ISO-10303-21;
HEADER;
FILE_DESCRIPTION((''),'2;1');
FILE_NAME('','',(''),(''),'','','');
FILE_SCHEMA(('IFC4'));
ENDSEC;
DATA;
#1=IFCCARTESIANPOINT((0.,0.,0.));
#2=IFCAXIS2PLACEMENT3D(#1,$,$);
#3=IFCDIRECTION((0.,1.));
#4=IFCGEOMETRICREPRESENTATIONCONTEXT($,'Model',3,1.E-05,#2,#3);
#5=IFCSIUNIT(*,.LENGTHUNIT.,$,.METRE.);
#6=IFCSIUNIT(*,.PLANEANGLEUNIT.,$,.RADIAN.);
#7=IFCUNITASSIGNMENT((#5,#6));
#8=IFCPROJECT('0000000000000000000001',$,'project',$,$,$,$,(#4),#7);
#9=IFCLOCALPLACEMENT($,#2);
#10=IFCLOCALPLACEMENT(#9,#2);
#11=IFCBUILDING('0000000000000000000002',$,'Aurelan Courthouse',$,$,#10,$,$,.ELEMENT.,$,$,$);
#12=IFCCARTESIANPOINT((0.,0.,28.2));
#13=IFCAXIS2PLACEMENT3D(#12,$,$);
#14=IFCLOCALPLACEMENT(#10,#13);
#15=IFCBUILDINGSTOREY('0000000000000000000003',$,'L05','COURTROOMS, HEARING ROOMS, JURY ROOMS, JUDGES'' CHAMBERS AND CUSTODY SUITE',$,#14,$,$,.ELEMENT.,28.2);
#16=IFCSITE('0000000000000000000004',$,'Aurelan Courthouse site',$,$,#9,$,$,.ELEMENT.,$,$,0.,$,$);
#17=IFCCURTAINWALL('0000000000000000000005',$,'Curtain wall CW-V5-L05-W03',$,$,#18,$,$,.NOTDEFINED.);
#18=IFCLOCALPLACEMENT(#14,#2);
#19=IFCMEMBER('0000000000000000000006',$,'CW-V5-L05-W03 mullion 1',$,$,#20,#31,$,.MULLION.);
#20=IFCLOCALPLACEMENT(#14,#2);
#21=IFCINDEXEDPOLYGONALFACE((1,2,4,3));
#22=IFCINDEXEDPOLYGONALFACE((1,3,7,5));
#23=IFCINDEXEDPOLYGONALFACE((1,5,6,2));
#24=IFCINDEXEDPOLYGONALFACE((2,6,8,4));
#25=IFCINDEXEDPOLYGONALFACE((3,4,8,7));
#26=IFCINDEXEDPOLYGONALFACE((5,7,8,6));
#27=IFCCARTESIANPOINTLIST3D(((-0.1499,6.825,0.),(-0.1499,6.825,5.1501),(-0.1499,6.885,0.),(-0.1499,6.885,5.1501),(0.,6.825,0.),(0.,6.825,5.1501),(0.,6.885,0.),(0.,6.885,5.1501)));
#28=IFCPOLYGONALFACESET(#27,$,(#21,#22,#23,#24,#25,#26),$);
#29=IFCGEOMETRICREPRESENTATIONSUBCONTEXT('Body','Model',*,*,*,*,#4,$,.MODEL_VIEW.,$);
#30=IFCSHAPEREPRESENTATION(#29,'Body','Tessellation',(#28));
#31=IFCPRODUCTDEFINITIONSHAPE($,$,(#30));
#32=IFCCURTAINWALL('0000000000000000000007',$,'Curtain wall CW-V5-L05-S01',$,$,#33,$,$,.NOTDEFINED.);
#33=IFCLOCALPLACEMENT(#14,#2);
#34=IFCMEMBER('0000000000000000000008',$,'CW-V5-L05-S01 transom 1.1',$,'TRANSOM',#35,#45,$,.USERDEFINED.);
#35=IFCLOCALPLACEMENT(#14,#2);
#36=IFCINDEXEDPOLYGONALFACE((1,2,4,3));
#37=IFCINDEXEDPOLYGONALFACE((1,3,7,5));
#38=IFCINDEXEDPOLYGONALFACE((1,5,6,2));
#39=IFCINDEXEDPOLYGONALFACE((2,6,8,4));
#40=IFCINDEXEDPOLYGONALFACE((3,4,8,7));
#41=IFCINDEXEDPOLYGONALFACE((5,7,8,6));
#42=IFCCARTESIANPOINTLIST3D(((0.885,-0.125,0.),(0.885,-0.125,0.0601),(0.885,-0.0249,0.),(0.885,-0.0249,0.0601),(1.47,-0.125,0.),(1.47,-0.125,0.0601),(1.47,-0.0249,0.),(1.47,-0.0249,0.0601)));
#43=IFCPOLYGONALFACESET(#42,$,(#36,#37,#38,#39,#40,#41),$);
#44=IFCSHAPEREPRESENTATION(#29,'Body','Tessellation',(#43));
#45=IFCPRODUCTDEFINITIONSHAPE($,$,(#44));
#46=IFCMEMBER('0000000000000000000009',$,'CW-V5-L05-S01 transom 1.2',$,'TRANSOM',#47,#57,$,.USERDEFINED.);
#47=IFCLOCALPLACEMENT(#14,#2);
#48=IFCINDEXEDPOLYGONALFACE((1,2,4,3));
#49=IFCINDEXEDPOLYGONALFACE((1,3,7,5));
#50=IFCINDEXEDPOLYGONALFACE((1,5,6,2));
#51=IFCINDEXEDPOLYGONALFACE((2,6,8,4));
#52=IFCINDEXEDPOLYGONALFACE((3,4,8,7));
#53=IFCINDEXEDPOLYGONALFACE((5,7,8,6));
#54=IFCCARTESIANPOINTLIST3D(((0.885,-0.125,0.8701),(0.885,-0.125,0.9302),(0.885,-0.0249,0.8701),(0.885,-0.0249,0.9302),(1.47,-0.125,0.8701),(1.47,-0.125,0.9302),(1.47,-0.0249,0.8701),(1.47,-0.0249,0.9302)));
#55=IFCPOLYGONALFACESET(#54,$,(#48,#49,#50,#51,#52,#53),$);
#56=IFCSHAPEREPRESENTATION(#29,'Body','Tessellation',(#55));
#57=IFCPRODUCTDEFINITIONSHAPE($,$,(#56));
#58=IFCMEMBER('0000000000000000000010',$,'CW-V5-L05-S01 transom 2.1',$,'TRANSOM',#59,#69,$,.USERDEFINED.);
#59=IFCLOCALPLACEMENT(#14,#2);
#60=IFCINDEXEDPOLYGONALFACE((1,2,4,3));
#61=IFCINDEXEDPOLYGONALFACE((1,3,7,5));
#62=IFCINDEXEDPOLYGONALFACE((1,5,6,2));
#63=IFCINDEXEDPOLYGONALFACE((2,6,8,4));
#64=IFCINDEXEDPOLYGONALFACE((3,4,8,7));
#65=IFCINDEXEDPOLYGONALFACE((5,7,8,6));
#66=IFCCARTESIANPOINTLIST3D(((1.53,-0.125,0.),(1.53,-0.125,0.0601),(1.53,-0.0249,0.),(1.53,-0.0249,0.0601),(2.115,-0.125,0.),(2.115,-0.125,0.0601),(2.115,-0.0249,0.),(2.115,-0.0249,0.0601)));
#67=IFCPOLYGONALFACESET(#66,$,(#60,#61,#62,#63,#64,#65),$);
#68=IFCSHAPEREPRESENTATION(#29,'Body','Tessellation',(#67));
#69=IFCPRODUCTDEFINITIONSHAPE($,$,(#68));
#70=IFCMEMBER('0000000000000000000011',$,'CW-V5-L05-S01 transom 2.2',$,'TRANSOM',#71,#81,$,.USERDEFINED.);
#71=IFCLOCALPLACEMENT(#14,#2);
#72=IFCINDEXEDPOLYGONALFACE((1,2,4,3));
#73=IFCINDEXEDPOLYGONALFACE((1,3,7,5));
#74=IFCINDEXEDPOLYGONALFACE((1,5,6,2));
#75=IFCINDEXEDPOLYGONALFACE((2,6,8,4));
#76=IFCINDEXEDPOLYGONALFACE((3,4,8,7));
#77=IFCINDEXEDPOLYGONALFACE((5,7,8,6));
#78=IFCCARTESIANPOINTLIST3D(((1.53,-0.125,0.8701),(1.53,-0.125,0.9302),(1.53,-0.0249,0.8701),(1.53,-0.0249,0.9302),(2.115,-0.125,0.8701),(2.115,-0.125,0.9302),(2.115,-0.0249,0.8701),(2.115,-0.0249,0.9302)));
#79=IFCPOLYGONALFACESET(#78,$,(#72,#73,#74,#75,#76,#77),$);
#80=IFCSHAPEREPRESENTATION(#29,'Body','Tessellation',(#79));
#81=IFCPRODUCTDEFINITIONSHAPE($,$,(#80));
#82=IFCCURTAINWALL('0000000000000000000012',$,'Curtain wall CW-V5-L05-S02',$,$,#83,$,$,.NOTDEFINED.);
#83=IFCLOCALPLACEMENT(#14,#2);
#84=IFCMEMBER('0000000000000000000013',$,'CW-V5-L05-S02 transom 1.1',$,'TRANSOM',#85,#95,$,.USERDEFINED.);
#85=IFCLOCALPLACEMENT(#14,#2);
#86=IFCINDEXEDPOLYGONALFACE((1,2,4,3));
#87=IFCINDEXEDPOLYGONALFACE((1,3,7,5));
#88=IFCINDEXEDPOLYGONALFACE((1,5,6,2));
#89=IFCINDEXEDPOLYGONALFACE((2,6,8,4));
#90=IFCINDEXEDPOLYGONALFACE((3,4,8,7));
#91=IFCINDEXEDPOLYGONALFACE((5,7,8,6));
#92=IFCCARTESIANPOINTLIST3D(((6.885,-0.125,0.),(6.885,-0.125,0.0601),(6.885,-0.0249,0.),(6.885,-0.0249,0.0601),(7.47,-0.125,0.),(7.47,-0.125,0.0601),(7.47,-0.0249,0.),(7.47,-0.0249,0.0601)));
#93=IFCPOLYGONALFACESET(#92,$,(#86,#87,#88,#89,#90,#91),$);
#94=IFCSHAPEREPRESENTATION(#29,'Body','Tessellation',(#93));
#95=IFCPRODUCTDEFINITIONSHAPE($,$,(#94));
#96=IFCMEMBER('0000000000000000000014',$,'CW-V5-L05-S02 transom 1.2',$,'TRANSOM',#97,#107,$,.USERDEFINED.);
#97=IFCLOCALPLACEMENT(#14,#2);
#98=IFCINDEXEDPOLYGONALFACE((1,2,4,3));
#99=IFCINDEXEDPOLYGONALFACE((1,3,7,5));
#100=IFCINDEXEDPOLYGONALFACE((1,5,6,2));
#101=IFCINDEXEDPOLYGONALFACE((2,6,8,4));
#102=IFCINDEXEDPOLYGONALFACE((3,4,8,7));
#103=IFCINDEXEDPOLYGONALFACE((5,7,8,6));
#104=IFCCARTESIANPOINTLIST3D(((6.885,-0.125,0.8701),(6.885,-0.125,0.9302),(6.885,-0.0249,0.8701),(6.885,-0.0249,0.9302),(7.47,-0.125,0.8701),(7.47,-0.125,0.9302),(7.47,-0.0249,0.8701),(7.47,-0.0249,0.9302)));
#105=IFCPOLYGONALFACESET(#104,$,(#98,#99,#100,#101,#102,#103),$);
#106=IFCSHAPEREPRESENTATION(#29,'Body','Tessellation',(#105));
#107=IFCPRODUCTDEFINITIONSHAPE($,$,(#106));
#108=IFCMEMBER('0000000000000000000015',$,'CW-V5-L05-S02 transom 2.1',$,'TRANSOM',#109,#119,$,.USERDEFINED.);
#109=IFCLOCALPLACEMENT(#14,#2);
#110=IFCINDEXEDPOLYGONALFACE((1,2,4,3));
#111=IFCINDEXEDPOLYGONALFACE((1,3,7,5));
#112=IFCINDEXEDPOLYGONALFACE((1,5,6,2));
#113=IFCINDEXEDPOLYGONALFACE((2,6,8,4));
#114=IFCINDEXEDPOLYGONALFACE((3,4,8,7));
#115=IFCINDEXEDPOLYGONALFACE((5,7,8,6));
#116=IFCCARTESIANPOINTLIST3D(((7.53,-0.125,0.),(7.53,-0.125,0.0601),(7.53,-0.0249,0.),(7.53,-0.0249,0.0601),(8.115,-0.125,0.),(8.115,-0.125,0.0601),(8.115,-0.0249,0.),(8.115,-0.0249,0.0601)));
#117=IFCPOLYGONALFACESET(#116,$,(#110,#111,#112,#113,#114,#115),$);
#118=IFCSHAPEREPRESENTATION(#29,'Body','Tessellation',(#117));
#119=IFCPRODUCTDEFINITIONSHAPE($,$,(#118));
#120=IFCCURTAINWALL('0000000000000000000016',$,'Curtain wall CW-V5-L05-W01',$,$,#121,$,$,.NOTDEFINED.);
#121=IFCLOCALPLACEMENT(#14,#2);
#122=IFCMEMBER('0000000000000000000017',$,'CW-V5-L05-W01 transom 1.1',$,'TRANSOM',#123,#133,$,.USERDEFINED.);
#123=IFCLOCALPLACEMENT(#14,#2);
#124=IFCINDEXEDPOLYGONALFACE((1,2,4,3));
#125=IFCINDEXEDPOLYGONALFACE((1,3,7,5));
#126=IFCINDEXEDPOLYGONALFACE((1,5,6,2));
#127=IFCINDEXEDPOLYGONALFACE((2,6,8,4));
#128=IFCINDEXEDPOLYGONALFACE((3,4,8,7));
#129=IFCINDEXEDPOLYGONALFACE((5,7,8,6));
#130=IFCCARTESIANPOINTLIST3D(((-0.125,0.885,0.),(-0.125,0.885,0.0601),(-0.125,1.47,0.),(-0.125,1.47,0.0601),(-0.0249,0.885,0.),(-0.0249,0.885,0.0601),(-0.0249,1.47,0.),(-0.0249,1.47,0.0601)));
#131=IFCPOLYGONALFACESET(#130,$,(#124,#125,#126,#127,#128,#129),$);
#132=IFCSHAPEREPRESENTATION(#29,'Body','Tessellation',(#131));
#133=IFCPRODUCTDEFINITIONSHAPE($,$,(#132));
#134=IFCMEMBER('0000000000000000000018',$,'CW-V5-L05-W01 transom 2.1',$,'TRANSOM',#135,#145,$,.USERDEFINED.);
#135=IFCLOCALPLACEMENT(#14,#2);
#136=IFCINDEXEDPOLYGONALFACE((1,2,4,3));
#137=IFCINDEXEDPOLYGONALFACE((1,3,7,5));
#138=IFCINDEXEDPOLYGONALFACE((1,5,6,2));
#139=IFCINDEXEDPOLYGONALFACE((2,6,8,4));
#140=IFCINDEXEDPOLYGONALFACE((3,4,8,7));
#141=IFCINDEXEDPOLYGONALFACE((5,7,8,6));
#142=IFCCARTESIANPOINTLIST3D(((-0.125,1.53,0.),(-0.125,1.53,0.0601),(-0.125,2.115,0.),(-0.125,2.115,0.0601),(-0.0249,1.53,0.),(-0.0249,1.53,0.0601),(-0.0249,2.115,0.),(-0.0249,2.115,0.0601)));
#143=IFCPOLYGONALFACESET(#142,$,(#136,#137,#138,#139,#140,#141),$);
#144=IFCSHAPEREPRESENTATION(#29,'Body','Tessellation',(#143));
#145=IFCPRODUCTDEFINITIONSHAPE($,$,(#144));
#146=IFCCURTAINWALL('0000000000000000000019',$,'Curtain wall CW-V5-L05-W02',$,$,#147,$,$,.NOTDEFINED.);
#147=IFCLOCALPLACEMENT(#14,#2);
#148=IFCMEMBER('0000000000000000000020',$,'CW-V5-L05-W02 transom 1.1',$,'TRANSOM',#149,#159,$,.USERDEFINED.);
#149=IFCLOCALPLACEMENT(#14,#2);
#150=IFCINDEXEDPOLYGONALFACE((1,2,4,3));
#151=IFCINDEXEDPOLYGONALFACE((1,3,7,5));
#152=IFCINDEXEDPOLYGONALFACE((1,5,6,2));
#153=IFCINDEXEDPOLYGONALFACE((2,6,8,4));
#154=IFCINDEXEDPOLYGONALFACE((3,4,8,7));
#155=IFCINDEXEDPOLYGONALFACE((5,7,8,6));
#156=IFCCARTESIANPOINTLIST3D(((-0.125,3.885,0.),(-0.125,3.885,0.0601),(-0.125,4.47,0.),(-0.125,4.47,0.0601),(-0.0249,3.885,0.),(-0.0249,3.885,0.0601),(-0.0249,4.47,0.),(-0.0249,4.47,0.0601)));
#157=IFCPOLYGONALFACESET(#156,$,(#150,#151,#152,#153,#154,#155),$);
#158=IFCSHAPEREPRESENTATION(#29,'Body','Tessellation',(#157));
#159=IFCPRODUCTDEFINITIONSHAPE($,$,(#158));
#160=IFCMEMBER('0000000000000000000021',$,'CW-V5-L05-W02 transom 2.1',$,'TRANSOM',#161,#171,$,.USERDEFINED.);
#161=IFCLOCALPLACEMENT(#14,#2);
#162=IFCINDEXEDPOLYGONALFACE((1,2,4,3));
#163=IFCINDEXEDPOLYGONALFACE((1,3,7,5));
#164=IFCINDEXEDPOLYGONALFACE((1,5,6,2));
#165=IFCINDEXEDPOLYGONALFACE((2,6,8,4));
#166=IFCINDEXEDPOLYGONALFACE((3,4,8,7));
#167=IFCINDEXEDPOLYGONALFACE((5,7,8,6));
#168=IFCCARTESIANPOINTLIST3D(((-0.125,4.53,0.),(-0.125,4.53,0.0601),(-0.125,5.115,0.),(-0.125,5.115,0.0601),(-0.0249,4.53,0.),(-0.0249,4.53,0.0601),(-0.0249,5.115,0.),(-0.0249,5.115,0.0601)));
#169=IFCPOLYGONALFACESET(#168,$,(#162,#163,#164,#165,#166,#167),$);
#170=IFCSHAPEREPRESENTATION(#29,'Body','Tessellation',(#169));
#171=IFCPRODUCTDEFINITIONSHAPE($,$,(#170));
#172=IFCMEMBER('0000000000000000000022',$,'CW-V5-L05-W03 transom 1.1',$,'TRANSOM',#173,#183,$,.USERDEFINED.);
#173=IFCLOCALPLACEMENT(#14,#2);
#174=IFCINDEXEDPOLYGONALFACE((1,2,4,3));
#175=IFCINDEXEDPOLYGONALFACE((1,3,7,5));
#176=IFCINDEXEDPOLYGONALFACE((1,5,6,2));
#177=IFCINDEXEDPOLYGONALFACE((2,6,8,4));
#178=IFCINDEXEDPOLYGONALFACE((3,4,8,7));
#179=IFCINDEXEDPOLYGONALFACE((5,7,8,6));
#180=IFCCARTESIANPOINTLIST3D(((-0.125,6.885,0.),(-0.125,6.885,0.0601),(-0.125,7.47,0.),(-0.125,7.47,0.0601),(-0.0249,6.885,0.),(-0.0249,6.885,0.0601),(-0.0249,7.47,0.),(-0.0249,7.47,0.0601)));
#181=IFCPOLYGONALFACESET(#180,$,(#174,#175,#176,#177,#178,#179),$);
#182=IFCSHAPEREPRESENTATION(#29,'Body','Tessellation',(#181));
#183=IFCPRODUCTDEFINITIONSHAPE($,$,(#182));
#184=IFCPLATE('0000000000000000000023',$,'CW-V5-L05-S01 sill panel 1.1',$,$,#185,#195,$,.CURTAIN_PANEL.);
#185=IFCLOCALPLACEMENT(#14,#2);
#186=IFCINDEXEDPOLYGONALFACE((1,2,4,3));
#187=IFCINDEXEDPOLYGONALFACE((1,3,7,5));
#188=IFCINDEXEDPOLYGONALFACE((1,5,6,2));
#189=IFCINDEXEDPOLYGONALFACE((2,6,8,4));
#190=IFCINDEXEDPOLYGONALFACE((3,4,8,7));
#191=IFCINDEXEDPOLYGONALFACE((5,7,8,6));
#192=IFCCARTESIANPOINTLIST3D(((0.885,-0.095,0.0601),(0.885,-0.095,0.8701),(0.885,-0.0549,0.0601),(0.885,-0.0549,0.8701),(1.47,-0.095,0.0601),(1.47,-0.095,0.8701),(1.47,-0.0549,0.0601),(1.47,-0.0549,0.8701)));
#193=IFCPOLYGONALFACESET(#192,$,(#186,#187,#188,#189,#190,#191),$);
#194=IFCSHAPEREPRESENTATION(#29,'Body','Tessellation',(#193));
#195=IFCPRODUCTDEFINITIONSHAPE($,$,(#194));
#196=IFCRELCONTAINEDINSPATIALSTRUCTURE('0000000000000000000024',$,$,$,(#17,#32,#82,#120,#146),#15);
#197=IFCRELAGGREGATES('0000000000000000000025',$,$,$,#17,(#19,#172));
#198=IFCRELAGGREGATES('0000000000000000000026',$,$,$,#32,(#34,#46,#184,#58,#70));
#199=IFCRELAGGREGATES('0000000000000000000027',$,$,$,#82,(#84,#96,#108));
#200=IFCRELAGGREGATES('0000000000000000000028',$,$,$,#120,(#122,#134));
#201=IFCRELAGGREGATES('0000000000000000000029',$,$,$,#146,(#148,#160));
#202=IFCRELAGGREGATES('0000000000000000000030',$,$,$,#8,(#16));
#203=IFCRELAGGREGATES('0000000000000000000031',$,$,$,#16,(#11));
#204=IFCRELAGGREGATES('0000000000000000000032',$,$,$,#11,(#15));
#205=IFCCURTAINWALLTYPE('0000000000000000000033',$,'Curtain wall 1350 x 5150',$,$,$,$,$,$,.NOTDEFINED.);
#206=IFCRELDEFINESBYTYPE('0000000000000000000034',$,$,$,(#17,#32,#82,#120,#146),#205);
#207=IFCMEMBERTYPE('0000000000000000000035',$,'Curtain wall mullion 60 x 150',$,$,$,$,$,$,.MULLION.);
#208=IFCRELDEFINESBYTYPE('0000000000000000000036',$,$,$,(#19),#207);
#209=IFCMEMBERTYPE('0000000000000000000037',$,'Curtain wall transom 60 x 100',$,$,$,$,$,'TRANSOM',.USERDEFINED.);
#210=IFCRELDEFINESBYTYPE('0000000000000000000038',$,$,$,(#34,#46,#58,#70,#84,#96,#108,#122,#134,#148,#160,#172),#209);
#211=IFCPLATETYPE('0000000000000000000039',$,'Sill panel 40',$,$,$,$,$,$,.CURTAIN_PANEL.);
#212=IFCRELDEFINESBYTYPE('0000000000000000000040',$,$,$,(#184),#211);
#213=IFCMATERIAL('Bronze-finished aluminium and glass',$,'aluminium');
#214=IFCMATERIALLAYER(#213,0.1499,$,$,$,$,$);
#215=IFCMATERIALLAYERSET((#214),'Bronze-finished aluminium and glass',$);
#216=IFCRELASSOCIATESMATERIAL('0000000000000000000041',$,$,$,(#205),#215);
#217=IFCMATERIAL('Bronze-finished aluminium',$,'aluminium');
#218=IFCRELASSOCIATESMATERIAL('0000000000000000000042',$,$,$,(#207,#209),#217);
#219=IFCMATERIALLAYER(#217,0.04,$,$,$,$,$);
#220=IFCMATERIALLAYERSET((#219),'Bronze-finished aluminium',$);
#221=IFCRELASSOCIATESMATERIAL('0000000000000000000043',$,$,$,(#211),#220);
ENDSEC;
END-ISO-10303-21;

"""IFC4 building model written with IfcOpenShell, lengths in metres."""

from ifc_helpers import new_model, si_unit, direction, frame, origin, origin_2d, place, context, subcontext, project, spatial, rectangle, extrude, material, layer, layer_set, material_profile, profile_set, type_object, element, aggregate, save


model = new_model("IFC4")

# Units and contexts
model_context = context("Model", 3, precision=1e-05, world=origin(), true_north=direction((0.0, 1.0)))
body_context = subcontext(model_context, "Body", "Model", "MODEL_VIEW")
ifc_project = project(units=[si_unit("LENGTHUNIT", "METRE"), si_unit("PLANEANGLEUNIT", "RADIAN")], contexts=[model_context])

# Site, building, storey
site_placement = place(None, origin())
site = spatial("IfcSite", under=ifc_project, at=site_placement, Name="Aurelan Courthouse site", CompositionType="ELEMENT", RefElevation=0.0)
building_placement = place(site_placement, origin())
building = spatial("IfcBuilding", under=site, at=building_placement, Name="Aurelan Courthouse", CompositionType="ELEMENT")
storey_placement = place(building_placement, frame((0.0, 0.0, 28.2)))
storey = spatial("IfcBuildingStorey", under=building, at=storey_placement, Name="L05", Description="COURTROOMS, HEARING ROOMS, JURY ROOMS, JUDGES' CHAMBERS AND CUSTODY SUITE", CompositionType="ELEMENT", Elevation=28.2)

# Curtain wall, member
ifc_material_1 = material(Name="Bronze-finished aluminium and glass", Category="aluminium")
ifc_layer_1 = layer(ifc_material_1, 0.1499)
ifc_layer_set_1 = layer_set([ifc_layer_1], Name="Bronze-finished aluminium and glass")
curtain_wall_type = type_object("IfcCurtainWallType", Name="Curtain wall 1350 x 5150", PredefinedType="NOTDEFINED", material=ifc_layer_set_1)
curtain_wall_1_placement = place(storey_placement, origin())
curtain_wall_1 = element("IfcCurtainWall", 1, at=curtain_wall_1_placement, inside=storey, type_object=curtain_wall_type, Name="Curtain wall CW-V5-L05-W03", PredefinedType="NOTDEFINED")
ifc_material_2 = material(Name="Bronze-finished aluminium", Category="aluminium")
ifc_material_profile_1 = material_profile(ifc_material_2, rectangle(XDim=0.1499, YDim=0.0601, at=origin_2d()), Name="Bronze mullion 60 x 150")
ifc_profile_set_1 = profile_set([ifc_material_profile_1], Name="Bronze-finished aluminium")
member_type_1 = type_object("IfcMemberType", Name="Curtain wall mullion 60 x 150", PredefinedType="MULLION", material=ifc_profile_set_1)
member_1_placement = place(storey_placement, frame((-0.075, 6.855, 0.0), z_axis=(0.0, 0.0, 1.0), x_axis=(-1.0, 0.0, 0.0)))
member_1 = element("IfcMember", 2, at=member_1_placement, type_object=member_type_1, Name="CW-V5-L05-W03 mullion 1", PredefinedType="MULLION", context=body_context, shape_type="SweptSolid", body=[
    extrude(rectangle(XDim=0.1499, YDim=0.0601, at=origin_2d()), origin(), (0.0, 0.0, 1.0), 5.1501),
])

# Curtain walls, members
curtain_wall_2_placement = place(storey_placement, origin())
curtain_wall_2 = element("IfcCurtainWall", 3, at=curtain_wall_2_placement, inside=storey, type_object=curtain_wall_type, Name="Curtain wall CW-V5-L05-S01", PredefinedType="NOTDEFINED")
ifc_material_profile_2 = material_profile(ifc_material_2, rectangle(XDim=0.1001, YDim=0.0601, at=origin_2d()), Name="Bronze transom 60 x 100")
ifc_profile_set_2 = profile_set([ifc_material_profile_2], Name="Bronze-finished aluminium")
member_type_2 = type_object("IfcMemberType", Name="Curtain wall transom 60 x 100", ElementType="TRANSOM", PredefinedType="USERDEFINED", material=ifc_profile_set_2)
member_2_placement = place(storey_placement, frame((0.885, -0.075, 0.03), z_axis=(1.0, 0.0, 0.0), x_axis=(0.0, 1.0, 0.0)))
member_2 = element("IfcMember", 4, at=member_2_placement, type_object=member_type_2, Name="CW-V5-L05-S01 transom 1.1", ObjectType="TRANSOM", PredefinedType="USERDEFINED", context=body_context, shape_type="SweptSolid", body=[
    extrude(rectangle(XDim=0.1001, YDim=0.0601, at=origin_2d()), origin(), (0.0, 0.0, 1.0), 0.585),
])
member_3_placement = place(storey_placement, frame((0.885, -0.075, 0.9001), z_axis=(1.0, 0.0, 0.0), x_axis=(0.0, 1.0, 0.0)))
member_3 = element("IfcMember", 5, at=member_3_placement, type_object=member_type_2, Name="CW-V5-L05-S01 transom 1.2", ObjectType="TRANSOM", PredefinedType="USERDEFINED", context=body_context, shape_type="SweptSolid", body=[
    extrude(rectangle(XDim=0.1001, YDim=0.0601, at=origin_2d()), origin(), (0.0, 0.0, 1.0), 0.585),
])
member_4_placement = place(storey_placement, frame((1.53, -0.075, 0.03), z_axis=(1.0, 0.0, 0.0), x_axis=(0.0, 1.0, 0.0)))
member_4 = element("IfcMember", 6, at=member_4_placement, type_object=member_type_2, Name="CW-V5-L05-S01 transom 2.1", ObjectType="TRANSOM", PredefinedType="USERDEFINED", context=body_context, shape_type="SweptSolid", body=[
    extrude(rectangle(XDim=0.1001, YDim=0.0601, at=origin_2d()), origin(), (0.0, 0.0, 1.0), 0.585),
])
member_5_placement = place(storey_placement, frame((1.53, -0.075, 0.9001), z_axis=(1.0, 0.0, 0.0), x_axis=(0.0, 1.0, 0.0)))
member_5 = element("IfcMember", 7, at=member_5_placement, type_object=member_type_2, Name="CW-V5-L05-S01 transom 2.2", ObjectType="TRANSOM", PredefinedType="USERDEFINED", context=body_context, shape_type="SweptSolid", body=[
    extrude(rectangle(XDim=0.1001, YDim=0.0601, at=origin_2d()), origin(), (0.0, 0.0, 1.0), 0.585),
])
curtain_wall_3_placement = place(storey_placement, origin())
curtain_wall_3 = element("IfcCurtainWall", 8, at=curtain_wall_3_placement, inside=storey, type_object=curtain_wall_type, Name="Curtain wall CW-V5-L05-S02", PredefinedType="NOTDEFINED")
member_6_placement = place(storey_placement, frame((6.885, -0.075, 0.03), z_axis=(1.0, 0.0, 0.0), x_axis=(0.0, 1.0, 0.0)))
member_6 = element("IfcMember", 9, at=member_6_placement, type_object=member_type_2, Name="CW-V5-L05-S02 transom 1.1", ObjectType="TRANSOM", PredefinedType="USERDEFINED", context=body_context, shape_type="SweptSolid", body=[
    extrude(rectangle(XDim=0.1001, YDim=0.0601, at=origin_2d()), origin(), (0.0, 0.0, 1.0), 0.585),
])
member_7_placement = place(storey_placement, frame((6.885, -0.075, 0.9001), z_axis=(1.0, 0.0, 0.0), x_axis=(0.0, 1.0, 0.0)))
member_7 = element("IfcMember", 10, at=member_7_placement, type_object=member_type_2, Name="CW-V5-L05-S02 transom 1.2", ObjectType="TRANSOM", PredefinedType="USERDEFINED", context=body_context, shape_type="SweptSolid", body=[
    extrude(rectangle(XDim=0.1001, YDim=0.0601, at=origin_2d()), origin(), (0.0, 0.0, 1.0), 0.585),
])
member_8_placement = place(storey_placement, frame((7.53, -0.075, 0.03), z_axis=(1.0, 0.0, 0.0), x_axis=(0.0, 1.0, 0.0)))
member_8 = element("IfcMember", 11, at=member_8_placement, type_object=member_type_2, Name="CW-V5-L05-S02 transom 2.1", ObjectType="TRANSOM", PredefinedType="USERDEFINED", context=body_context, shape_type="SweptSolid", body=[
    extrude(rectangle(XDim=0.1001, YDim=0.0601, at=origin_2d()), origin(), (0.0, 0.0, 1.0), 0.585),
])
curtain_wall_4_placement = place(storey_placement, origin())
curtain_wall_4 = element("IfcCurtainWall", 12, at=curtain_wall_4_placement, inside=storey, type_object=curtain_wall_type, Name="Curtain wall CW-V5-L05-W01", PredefinedType="NOTDEFINED")
member_9_placement = place(storey_placement, frame((-0.075, 0.885, 0.03), z_axis=(0.0, 1.0, 0.0), x_axis=(-1.0, 0.0, 0.0)))
member_9 = element("IfcMember", 13, at=member_9_placement, type_object=member_type_2, Name="CW-V5-L05-W01 transom 1.1", ObjectType="TRANSOM", PredefinedType="USERDEFINED", context=body_context, shape_type="SweptSolid", body=[
    extrude(rectangle(XDim=0.1001, YDim=0.0601, at=origin_2d()), origin(), (0.0, 0.0, 1.0), 0.585),
])
member_10_placement = place(storey_placement, frame((-0.075, 1.53, 0.03), z_axis=(0.0, 1.0, 0.0), x_axis=(-1.0, 0.0, 0.0)))
member_10 = element("IfcMember", 14, at=member_10_placement, type_object=member_type_2, Name="CW-V5-L05-W01 transom 2.1", ObjectType="TRANSOM", PredefinedType="USERDEFINED", context=body_context, shape_type="SweptSolid", body=[
    extrude(rectangle(XDim=0.1001, YDim=0.0601, at=origin_2d()), origin(), (0.0, 0.0, 1.0), 0.585),
])
curtain_wall_5_placement = place(storey_placement, origin())
curtain_wall_5 = element("IfcCurtainWall", 15, at=curtain_wall_5_placement, inside=storey, type_object=curtain_wall_type, Name="Curtain wall CW-V5-L05-W02", PredefinedType="NOTDEFINED")
member_11_placement = place(storey_placement, frame((-0.075, 3.885, 0.03), z_axis=(0.0, 1.0, 0.0), x_axis=(-1.0, 0.0, 0.0)))
member_11 = element("IfcMember", 16, at=member_11_placement, type_object=member_type_2, Name="CW-V5-L05-W02 transom 1.1", ObjectType="TRANSOM", PredefinedType="USERDEFINED", context=body_context, shape_type="SweptSolid", body=[
    extrude(rectangle(XDim=0.1001, YDim=0.0601, at=origin_2d()), origin(), (0.0, 0.0, 1.0), 0.585),
])
member_12_placement = place(storey_placement, frame((-0.075, 4.53, 0.03), z_axis=(0.0, 1.0, 0.0), x_axis=(-1.0, 0.0, 0.0)))
member_12 = element("IfcMember", 17, at=member_12_placement, type_object=member_type_2, Name="CW-V5-L05-W02 transom 2.1", ObjectType="TRANSOM", PredefinedType="USERDEFINED", context=body_context, shape_type="SweptSolid", body=[
    extrude(rectangle(XDim=0.1001, YDim=0.0601, at=origin_2d()), origin(), (0.0, 0.0, 1.0), 0.585),
])

# Member
member_13_placement = place(storey_placement, frame((-0.075, 6.885, 0.03), z_axis=(0.0, 1.0, 0.0), x_axis=(-1.0, 0.0, 0.0)))
member_13 = element("IfcMember", 18, at=member_13_placement, type_object=member_type_2, Name="CW-V5-L05-W03 transom 1.1", ObjectType="TRANSOM", PredefinedType="USERDEFINED", context=body_context, shape_type="SweptSolid", body=[
    extrude(rectangle(XDim=0.1001, YDim=0.0601, at=origin_2d()), origin(), (0.0, 0.0, 1.0), 0.585),
])
aggregate(curtain_wall_1, [member_1, member_13])

# Plate
ifc_layer_2 = layer(ifc_material_2, 0.04)
ifc_layer_set_2 = layer_set([ifc_layer_2], Name="Bronze-finished aluminium")
plate_type = type_object("IfcPlateType", Name="Sill panel 40", PredefinedType="CURTAIN_PANEL", material=ifc_layer_set_2)
plate_1_placement = place(storey_placement, frame((1.1775, -0.075, 0.0601), z_axis=(0.0, 0.0, 1.0), x_axis=(1.0, 0.0, 0.0)))
plate_1 = element("IfcPlate", 19, at=plate_1_placement, type_object=plate_type, Name="CW-V5-L05-S01 sill panel 1.1", PredefinedType="CURTAIN_PANEL", context=body_context, shape_type="SweptSolid", body=[
    extrude(rectangle(XDim=0.585, YDim=0.04, at=origin_2d()), origin(), (0.0, 0.0, 1.0), 0.8101),
])
aggregate(curtain_wall_2, [member_2, member_3, plate_1, member_4, member_5])
aggregate(curtain_wall_3, [member_6, member_7, member_8])
aggregate(curtain_wall_4, [member_9, member_10])
aggregate(curtain_wall_5, [member_11, member_12])

save(model, "model.ifc")
